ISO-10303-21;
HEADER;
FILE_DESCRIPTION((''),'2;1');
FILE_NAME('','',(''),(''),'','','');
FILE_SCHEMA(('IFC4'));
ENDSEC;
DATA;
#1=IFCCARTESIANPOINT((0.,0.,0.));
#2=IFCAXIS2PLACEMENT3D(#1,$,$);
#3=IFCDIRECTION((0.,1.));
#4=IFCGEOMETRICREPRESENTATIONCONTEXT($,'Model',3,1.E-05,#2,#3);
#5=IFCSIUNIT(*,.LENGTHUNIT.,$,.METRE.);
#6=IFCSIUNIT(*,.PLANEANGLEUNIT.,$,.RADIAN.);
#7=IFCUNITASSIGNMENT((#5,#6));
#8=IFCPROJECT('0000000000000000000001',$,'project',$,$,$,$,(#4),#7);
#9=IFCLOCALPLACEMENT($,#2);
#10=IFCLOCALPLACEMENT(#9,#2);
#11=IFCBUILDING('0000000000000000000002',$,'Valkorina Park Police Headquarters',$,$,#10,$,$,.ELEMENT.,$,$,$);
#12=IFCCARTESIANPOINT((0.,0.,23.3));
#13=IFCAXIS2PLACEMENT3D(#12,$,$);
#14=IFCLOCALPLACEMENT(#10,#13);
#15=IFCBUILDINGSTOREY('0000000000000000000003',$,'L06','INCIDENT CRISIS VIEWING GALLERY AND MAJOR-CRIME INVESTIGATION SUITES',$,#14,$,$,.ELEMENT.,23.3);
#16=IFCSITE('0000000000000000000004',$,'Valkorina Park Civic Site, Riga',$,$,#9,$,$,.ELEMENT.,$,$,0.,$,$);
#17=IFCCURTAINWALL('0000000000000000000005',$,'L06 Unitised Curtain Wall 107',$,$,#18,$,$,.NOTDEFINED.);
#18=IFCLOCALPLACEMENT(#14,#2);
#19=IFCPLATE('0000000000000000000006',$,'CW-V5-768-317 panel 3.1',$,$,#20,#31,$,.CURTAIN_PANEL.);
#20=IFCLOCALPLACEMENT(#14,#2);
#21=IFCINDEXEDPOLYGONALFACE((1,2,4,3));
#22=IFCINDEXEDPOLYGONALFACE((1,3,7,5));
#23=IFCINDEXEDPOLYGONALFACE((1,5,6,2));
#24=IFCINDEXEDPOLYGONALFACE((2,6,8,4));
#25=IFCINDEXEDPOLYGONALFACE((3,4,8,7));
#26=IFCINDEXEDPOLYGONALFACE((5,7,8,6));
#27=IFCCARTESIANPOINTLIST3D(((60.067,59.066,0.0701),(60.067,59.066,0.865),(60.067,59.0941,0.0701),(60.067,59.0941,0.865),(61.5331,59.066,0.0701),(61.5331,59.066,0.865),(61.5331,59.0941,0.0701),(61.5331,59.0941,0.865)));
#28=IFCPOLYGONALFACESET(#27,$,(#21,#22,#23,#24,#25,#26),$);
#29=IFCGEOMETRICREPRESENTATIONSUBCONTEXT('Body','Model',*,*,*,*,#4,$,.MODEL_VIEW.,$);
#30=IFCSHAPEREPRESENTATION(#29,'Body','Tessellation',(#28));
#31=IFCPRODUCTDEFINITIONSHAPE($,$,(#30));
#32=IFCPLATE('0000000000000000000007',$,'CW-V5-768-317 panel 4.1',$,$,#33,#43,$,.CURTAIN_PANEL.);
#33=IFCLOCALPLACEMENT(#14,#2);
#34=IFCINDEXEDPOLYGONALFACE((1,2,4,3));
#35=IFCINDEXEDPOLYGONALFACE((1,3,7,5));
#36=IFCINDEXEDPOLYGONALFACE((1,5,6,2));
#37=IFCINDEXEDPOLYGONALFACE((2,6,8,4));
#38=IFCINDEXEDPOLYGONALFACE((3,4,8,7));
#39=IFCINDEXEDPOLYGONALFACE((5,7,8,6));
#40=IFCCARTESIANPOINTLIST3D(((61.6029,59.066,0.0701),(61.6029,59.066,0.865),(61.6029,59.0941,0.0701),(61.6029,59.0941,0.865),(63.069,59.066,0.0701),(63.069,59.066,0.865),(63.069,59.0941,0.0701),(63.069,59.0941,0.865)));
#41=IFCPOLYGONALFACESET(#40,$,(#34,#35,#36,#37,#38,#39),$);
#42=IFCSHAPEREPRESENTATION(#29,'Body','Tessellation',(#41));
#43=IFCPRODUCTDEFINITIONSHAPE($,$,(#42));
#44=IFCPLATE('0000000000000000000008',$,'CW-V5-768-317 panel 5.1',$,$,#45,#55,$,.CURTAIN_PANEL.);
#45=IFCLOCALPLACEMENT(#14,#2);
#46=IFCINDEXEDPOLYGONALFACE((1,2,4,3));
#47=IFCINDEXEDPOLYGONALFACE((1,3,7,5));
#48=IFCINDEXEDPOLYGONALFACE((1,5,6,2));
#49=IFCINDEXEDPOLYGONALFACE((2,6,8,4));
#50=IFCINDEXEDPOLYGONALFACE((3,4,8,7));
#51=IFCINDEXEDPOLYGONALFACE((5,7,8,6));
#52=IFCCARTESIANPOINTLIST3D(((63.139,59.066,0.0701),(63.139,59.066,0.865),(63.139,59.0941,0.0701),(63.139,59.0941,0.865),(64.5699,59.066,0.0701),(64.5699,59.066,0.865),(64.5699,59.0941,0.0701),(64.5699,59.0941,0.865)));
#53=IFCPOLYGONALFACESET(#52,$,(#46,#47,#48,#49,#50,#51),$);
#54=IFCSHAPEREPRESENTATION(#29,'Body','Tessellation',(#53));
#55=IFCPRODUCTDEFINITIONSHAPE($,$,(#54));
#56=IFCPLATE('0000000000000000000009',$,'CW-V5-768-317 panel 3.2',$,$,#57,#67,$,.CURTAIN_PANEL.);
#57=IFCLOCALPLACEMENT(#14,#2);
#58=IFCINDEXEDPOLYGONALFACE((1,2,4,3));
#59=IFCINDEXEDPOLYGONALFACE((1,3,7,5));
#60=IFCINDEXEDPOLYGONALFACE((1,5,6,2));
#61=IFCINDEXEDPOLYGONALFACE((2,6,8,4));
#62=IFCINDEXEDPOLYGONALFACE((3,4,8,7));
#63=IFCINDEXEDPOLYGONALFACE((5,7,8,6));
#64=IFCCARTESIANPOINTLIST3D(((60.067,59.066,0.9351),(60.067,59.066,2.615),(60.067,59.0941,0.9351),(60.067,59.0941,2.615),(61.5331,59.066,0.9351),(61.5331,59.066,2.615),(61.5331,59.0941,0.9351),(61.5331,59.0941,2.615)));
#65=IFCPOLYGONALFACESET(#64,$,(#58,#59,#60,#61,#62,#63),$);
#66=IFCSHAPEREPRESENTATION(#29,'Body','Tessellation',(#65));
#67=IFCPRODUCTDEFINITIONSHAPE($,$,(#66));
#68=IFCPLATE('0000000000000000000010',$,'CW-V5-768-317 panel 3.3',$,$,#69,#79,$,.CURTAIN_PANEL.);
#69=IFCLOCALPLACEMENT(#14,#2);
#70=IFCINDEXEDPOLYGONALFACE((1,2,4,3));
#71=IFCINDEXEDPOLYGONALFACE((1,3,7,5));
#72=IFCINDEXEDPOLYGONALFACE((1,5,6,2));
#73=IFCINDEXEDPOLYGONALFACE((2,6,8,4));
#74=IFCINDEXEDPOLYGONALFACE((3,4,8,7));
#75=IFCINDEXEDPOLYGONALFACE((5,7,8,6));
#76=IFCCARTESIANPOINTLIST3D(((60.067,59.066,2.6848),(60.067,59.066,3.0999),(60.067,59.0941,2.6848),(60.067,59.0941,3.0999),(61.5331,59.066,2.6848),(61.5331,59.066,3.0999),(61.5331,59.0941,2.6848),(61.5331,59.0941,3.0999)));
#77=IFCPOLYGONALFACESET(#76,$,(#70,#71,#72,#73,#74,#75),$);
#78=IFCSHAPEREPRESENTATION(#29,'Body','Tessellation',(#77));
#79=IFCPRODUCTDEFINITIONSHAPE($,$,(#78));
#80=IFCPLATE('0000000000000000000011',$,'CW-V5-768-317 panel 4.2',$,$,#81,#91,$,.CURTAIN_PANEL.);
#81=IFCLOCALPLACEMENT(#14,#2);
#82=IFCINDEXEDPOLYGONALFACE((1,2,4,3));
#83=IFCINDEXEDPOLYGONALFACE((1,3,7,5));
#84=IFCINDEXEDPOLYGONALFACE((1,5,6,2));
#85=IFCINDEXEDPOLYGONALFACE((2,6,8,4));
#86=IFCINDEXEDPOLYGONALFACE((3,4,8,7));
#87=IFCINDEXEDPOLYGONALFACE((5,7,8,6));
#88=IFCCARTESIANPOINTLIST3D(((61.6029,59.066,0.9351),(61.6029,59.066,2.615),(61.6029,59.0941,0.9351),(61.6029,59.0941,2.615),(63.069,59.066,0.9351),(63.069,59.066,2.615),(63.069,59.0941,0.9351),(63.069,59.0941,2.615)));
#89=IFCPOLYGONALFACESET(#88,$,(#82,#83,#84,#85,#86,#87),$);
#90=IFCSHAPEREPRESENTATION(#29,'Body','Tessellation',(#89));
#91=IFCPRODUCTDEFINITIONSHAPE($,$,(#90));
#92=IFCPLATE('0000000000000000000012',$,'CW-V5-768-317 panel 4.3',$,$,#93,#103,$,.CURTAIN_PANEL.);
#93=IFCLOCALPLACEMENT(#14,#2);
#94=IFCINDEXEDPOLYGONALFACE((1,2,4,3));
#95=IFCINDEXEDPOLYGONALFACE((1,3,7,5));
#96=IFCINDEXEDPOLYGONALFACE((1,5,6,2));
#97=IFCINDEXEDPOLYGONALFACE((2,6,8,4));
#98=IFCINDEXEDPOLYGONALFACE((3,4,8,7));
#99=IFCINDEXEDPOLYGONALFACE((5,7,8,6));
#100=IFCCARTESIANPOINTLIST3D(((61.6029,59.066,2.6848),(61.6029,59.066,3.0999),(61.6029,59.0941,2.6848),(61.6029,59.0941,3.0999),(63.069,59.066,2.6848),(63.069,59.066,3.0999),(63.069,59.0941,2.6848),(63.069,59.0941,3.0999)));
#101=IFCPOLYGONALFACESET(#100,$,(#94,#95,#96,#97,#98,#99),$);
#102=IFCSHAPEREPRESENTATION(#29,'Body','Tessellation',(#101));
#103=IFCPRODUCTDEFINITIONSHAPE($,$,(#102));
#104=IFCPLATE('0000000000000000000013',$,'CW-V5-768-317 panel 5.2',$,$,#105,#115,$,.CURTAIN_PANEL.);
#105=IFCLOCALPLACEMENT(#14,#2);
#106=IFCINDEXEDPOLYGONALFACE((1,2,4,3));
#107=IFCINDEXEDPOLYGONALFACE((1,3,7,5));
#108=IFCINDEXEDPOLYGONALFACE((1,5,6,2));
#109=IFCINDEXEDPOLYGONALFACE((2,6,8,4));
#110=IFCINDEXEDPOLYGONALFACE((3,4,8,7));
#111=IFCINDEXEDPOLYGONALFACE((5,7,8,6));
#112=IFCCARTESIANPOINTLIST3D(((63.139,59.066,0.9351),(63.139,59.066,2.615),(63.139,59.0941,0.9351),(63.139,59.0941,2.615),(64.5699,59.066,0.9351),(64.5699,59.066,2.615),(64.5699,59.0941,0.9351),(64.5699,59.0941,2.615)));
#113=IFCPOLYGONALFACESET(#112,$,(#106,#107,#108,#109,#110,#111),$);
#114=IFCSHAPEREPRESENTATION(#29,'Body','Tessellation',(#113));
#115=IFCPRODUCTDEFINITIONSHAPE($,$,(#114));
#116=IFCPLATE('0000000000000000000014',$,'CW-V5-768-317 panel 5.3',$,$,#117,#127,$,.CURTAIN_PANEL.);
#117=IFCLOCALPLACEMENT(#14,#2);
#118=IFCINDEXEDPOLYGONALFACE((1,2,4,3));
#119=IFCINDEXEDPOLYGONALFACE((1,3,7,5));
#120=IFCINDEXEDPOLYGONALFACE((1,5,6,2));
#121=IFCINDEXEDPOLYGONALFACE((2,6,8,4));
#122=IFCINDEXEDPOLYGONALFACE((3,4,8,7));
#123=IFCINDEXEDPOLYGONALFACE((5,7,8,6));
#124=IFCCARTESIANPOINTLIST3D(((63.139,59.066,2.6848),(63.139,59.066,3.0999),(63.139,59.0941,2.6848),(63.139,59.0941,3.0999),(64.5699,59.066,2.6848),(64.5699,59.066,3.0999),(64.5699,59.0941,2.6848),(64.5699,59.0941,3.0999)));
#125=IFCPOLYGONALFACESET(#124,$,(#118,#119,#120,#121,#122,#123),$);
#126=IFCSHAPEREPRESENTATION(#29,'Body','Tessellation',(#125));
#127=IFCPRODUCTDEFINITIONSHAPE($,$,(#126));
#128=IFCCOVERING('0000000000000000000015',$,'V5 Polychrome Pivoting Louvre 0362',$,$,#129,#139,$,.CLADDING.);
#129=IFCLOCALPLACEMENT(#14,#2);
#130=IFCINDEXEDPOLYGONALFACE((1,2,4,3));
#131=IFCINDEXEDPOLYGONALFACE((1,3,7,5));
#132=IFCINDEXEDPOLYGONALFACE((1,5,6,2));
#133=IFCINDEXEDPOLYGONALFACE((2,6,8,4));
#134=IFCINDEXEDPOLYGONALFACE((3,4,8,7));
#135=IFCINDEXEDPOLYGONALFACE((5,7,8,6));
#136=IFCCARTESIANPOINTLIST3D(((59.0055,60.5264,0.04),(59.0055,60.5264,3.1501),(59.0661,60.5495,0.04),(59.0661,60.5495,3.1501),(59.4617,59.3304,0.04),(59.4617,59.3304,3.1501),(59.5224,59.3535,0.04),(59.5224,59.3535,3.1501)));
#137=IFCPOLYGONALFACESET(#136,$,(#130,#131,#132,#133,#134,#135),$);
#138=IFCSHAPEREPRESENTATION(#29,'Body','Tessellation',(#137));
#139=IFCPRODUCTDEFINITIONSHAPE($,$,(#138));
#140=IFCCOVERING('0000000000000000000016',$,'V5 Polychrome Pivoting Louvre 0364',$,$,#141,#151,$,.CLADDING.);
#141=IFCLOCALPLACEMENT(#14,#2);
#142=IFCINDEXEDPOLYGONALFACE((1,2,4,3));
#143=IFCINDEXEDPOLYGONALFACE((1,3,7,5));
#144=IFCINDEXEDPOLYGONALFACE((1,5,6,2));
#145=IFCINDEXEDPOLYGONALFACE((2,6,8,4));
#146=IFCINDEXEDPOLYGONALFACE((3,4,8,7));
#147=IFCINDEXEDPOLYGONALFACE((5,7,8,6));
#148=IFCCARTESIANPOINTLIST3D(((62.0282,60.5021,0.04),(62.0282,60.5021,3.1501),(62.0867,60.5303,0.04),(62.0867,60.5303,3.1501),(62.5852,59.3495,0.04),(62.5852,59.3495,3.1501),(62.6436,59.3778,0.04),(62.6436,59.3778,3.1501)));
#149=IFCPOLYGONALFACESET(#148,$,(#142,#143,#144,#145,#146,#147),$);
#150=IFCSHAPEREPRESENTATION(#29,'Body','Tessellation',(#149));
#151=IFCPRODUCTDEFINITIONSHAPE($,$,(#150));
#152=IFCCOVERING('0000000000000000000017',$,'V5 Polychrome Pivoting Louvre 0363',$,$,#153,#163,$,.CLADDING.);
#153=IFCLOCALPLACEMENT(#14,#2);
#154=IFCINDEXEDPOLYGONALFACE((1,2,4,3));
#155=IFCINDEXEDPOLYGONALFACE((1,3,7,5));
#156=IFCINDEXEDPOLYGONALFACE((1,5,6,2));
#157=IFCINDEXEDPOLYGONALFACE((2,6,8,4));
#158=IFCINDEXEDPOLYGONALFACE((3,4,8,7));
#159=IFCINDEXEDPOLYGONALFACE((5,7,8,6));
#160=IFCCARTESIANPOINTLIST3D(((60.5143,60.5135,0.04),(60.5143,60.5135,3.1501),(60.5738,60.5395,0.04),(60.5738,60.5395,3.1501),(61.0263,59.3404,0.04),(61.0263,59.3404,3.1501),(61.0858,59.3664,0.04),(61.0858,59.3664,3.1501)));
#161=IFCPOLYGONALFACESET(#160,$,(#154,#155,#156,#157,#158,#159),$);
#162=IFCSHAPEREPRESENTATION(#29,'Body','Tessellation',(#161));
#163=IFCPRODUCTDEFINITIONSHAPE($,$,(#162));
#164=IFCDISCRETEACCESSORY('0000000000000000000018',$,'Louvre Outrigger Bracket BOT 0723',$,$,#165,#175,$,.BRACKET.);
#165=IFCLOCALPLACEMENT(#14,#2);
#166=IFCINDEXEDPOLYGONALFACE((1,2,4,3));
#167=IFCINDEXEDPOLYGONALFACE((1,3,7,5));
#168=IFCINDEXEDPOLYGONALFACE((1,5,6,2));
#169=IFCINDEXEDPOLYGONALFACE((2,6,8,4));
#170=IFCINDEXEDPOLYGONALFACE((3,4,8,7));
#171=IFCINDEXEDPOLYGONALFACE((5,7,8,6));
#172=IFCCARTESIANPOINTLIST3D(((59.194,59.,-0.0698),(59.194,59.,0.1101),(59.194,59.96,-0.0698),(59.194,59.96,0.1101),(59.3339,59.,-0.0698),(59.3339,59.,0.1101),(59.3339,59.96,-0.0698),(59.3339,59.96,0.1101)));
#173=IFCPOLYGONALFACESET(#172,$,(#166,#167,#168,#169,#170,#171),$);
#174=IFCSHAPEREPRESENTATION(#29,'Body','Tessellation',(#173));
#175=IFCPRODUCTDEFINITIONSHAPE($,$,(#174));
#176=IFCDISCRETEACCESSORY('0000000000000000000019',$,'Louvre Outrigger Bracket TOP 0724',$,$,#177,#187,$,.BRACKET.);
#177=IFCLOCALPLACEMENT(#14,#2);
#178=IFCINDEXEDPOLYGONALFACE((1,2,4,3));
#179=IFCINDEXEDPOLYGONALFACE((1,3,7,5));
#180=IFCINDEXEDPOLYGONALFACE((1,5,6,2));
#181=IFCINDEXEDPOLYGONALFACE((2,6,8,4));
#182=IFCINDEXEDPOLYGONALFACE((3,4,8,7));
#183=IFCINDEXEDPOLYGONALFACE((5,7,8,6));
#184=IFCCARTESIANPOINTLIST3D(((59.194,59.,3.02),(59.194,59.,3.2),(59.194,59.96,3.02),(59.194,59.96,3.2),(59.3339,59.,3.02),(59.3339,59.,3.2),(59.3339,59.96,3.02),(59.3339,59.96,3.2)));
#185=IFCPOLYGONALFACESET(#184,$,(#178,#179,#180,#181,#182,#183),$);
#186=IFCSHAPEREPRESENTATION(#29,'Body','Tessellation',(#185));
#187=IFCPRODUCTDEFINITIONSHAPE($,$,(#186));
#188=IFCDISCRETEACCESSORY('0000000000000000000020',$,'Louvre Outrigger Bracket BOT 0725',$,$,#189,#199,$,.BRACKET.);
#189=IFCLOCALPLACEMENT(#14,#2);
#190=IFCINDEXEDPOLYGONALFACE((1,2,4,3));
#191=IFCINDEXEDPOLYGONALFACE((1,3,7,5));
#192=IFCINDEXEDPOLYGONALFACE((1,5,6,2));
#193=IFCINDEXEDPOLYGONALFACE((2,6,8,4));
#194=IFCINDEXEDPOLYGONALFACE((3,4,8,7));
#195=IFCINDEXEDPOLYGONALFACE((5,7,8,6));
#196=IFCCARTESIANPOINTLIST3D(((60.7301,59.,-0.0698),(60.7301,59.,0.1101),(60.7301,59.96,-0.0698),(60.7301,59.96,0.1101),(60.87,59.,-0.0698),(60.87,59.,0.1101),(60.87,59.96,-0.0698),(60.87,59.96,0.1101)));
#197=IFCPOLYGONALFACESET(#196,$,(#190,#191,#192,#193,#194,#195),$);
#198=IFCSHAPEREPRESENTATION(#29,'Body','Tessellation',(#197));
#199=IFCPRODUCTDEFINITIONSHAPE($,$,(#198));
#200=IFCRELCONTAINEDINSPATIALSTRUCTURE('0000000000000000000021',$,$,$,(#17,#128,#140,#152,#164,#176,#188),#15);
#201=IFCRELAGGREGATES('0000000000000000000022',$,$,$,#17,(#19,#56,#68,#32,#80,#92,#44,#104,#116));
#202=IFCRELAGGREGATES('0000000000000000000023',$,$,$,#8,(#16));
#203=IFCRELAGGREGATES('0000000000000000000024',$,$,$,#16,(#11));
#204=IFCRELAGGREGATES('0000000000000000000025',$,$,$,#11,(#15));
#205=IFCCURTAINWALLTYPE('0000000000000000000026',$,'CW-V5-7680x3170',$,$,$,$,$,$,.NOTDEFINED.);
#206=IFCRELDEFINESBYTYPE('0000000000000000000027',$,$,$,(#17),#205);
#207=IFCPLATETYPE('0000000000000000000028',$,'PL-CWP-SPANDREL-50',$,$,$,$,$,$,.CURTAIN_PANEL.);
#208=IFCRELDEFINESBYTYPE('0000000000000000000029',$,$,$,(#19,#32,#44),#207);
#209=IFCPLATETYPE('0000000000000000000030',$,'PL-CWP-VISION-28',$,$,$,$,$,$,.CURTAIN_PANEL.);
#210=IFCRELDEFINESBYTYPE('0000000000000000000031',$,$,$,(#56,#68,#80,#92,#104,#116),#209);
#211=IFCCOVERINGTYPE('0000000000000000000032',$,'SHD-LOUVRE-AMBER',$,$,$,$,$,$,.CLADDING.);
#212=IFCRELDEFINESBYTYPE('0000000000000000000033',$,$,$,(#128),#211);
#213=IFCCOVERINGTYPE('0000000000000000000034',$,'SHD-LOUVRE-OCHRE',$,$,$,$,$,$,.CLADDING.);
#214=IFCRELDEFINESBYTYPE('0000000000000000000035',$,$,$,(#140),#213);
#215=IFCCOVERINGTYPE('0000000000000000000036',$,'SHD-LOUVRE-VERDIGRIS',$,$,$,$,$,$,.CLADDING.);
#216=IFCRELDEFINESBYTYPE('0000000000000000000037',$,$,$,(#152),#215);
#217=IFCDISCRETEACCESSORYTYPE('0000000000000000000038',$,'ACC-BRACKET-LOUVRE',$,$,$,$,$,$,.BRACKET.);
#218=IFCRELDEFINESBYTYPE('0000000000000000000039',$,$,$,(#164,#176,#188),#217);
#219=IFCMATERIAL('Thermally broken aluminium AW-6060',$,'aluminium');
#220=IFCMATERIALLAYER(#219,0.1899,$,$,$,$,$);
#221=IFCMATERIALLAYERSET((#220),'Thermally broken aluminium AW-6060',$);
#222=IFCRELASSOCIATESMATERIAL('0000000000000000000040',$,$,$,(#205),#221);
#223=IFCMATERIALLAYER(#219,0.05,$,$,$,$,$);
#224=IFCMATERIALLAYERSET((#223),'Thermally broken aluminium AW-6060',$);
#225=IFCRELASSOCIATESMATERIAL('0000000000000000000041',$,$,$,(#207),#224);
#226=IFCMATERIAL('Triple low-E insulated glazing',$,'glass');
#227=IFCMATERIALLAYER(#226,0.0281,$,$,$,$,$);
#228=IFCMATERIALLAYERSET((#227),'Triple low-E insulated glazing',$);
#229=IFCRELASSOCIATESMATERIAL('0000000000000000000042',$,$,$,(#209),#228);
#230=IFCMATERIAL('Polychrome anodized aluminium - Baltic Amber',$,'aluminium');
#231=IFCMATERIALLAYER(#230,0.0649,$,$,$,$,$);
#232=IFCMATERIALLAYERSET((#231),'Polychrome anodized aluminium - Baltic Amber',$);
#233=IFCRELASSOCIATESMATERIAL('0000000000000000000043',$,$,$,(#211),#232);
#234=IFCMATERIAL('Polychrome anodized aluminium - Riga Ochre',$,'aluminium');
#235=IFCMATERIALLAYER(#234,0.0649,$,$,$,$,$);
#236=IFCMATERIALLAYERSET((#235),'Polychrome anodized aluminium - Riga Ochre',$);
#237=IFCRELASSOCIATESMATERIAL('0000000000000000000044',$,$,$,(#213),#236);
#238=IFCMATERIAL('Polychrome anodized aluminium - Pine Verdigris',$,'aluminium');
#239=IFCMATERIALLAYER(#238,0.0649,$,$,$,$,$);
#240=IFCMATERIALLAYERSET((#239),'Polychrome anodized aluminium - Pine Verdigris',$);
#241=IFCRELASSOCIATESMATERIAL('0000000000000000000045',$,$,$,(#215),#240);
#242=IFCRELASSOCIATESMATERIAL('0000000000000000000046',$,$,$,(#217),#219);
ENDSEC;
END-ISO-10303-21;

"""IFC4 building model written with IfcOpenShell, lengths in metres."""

from ifc_helpers import new_model, si_unit, direction, frame, origin, origin_2d, place, context, subcontext, project, spatial, rectangle, extrude, material, layer, layer_set, type_object, element, aggregate, save


model = new_model("IFC4")

# Units and contexts
model_context = context("Model", 3, precision=1e-05, world=origin(), true_north=direction((0.0, 1.0)))
body_context = subcontext(model_context, "Body", "Model", "MODEL_VIEW")
ifc_project = project(units=[si_unit("LENGTHUNIT", "METRE"), si_unit("PLANEANGLEUNIT", "RADIAN")], contexts=[model_context])

# Site, building, storey
site_placement = place(None, origin())
site = spatial("IfcSite", under=ifc_project, at=site_placement, Name="Valkorina Park Civic Site, Riga", CompositionType="ELEMENT", RefElevation=0.0)
building_placement = place(site_placement, origin())
building = spatial("IfcBuilding", under=site, at=building_placement, Name="Valkorina Park Police Headquarters", CompositionType="ELEMENT")
storey_placement = place(building_placement, frame((0.0, 0.0, 23.3)))
storey = spatial("IfcBuildingStorey", under=building, at=storey_placement, Name="L06", Description="INCIDENT CRISIS VIEWING GALLERY AND MAJOR-CRIME INVESTIGATION SUITES", CompositionType="ELEMENT", Elevation=23.3)

# Curtain wall, plates
ifc_material_1 = material(Name="Thermally broken aluminium AW-6060", Category="aluminium")
ifc_layer_1 = layer(ifc_material_1, 0.1899)
ifc_layer_set_1 = layer_set([ifc_layer_1], Name="Thermally broken aluminium AW-6060")
curtain_wall_type = type_object("IfcCurtainWallType", Name="CW-V5-7680x3170", PredefinedType="NOTDEFINED", material=ifc_layer_set_1)
curtain_wall_placement = place(storey_placement, origin())
curtain_wall = element("IfcCurtainWall", 1, at=curtain_wall_placement, inside=storey, type_object=curtain_wall_type, Name="L06 Unitised Curtain Wall 107", PredefinedType="NOTDEFINED")
ifc_layer_2 = layer(ifc_material_1, 0.05)
ifc_layer_set_2 = layer_set([ifc_layer_2], Name="Thermally broken aluminium AW-6060")
plate_type_1 = type_object("IfcPlateType", Name="PL-CWP-SPANDREL-50", PredefinedType="CURTAIN_PANEL", material=ifc_layer_set_2)
plate_1_placement = place(storey_placement, frame((60.8, 59.0801, 0.0701), z_axis=(0.0, 0.0, 1.0), x_axis=(1.0, 0.0, 0.0)))
plate_1 = element("IfcPlate", 2, at=plate_1_placement, type_object=plate_type_1, Name="CW-V5-768-317 panel 3.1", PredefinedType="CURTAIN_PANEL", context=body_context, shape_type="SweptSolid", body=[
    extrude(rectangle(XDim=1.4661, YDim=0.0281, at=origin_2d()), origin(), (0.0, 0.0, 1.0), 0.7949),
])
plate_2_placement = place(storey_placement, frame((62.3359, 59.0801, 0.0701), z_axis=(0.0, 0.0, 1.0), x_axis=(1.0, 0.0, 0.0)))
plate_2 = element("IfcPlate", 3, at=plate_2_placement, type_object=plate_type_1, Name="CW-V5-768-317 panel 4.1", PredefinedType="CURTAIN_PANEL", context=body_context, shape_type="SweptSolid", body=[
    extrude(rectangle(XDim=1.4661, YDim=0.0281, at=origin_2d()), origin(), (0.0, 0.0, 1.0), 0.7949),
])
plate_3_placement = place(storey_placement, frame((63.8545, 59.0801, 0.0701), z_axis=(0.0, 0.0, 1.0), x_axis=(1.0, 0.0, 0.0)))
plate_3 = element("IfcPlate", 4, at=plate_3_placement, type_object=plate_type_1, Name="CW-V5-768-317 panel 5.1", PredefinedType="CURTAIN_PANEL", context=body_context, shape_type="SweptSolid", body=[
    extrude(rectangle(XDim=1.4309, YDim=0.0281, at=origin_2d()), origin(), (0.0, 0.0, 1.0), 0.7949),
])
ifc_material_2 = material(Name="Triple low-E insulated glazing", Category="glass")
ifc_layer_3 = layer(ifc_material_2, 0.0281)
ifc_layer_set_3 = layer_set([ifc_layer_3], Name="Triple low-E insulated glazing")
plate_type_2 = type_object("IfcPlateType", Name="PL-CWP-VISION-28", PredefinedType="CURTAIN_PANEL", material=ifc_layer_set_3)
plate_4_placement = place(storey_placement, frame((60.8, 59.0801, 0.9351), z_axis=(0.0, 0.0, 1.0), x_axis=(1.0, 0.0, 0.0)))
plate_4 = element("IfcPlate", 5, at=plate_4_placement, type_object=plate_type_2, Name="CW-V5-768-317 panel 3.2", PredefinedType="CURTAIN_PANEL", context=body_context, shape_type="SweptSolid", body=[
    extrude(rectangle(XDim=1.4661, YDim=0.0281, at=origin_2d()), origin(), (0.0, 0.0, 1.0), 1.6799),
])
plate_5_placement = place(storey_placement, frame((60.8, 59.0801, 2.6848), z_axis=(0.0, 0.0, 1.0), x_axis=(1.0, 0.0, 0.0)))
plate_5 = element("IfcPlate", 6, at=plate_5_placement, type_object=plate_type_2, Name="CW-V5-768-317 panel 3.3", PredefinedType="CURTAIN_PANEL", context=body_context, shape_type="SweptSolid", body=[
    extrude(rectangle(XDim=1.4661, YDim=0.0281, at=origin_2d()), origin(), (0.0, 0.0, 1.0), 0.415),
])
plate_6_placement = place(storey_placement, frame((62.3359, 59.0801, 0.9351), z_axis=(0.0, 0.0, 1.0), x_axis=(1.0, 0.0, 0.0)))
plate_6 = element("IfcPlate", 7, at=plate_6_placement, type_object=plate_type_2, Name="CW-V5-768-317 panel 4.2", PredefinedType="CURTAIN_PANEL", context=body_context, shape_type="SweptSolid", body=[
    extrude(rectangle(XDim=1.4661, YDim=0.0281, at=origin_2d()), origin(), (0.0, 0.0, 1.0), 1.6799),
])
plate_7_placement = place(storey_placement, frame((62.3359, 59.0801, 2.6848), z_axis=(0.0, 0.0, 1.0), x_axis=(1.0, 0.0, 0.0)))
plate_7 = element("IfcPlate", 8, at=plate_7_placement, type_object=plate_type_2, Name="CW-V5-768-317 panel 4.3", PredefinedType="CURTAIN_PANEL", context=body_context, shape_type="SweptSolid", body=[
    extrude(rectangle(XDim=1.4661, YDim=0.0281, at=origin_2d()), origin(), (0.0, 0.0, 1.0), 0.415),
])
plate_8_placement = place(storey_placement, frame((63.8545, 59.0801, 0.9351), z_axis=(0.0, 0.0, 1.0), x_axis=(1.0, 0.0, 0.0)))
plate_8 = element("IfcPlate", 9, at=plate_8_placement, type_object=plate_type_2, Name="CW-V5-768-317 panel 5.2", PredefinedType="CURTAIN_PANEL", context=body_context, shape_type="SweptSolid", body=[
    extrude(rectangle(XDim=1.4309, YDim=0.0281, at=origin_2d()), origin(), (0.0, 0.0, 1.0), 1.6799),
])
plate_9_placement = place(storey_placement, frame((63.8545, 59.0801, 2.6848), z_axis=(0.0, 0.0, 1.0), x_axis=(1.0, 0.0, 0.0)))
plate_9 = element("IfcPlate", 10, at=plate_9_placement, type_object=plate_type_2, Name="CW-V5-768-317 panel 5.3", PredefinedType="CURTAIN_PANEL", context=body_context, shape_type="SweptSolid", body=[
    extrude(rectangle(XDim=1.4309, YDim=0.0281, at=origin_2d()), origin(), (0.0, 0.0, 1.0), 0.415),
])
aggregate(curtain_wall, [plate_1, plate_4, plate_5, plate_2, plate_6, plate_7, plate_3, plate_8, plate_9])

# Coverings
ifc_material_3 = material(Name="Polychrome anodized aluminium - Baltic Amber", Category="aluminium")
ifc_layer_4 = layer(ifc_material_3, 0.0649)
ifc_layer_set_4 = layer_set([ifc_layer_4], Name="Polychrome anodized aluminium - Baltic Amber")
covering_type_1 = type_object("IfcCoveringType", Name="SHD-LOUVRE-AMBER", PredefinedType="CLADDING", material=ifc_layer_set_4)
covering_1_placement = place(storey_placement, frame((59.2639, 59.9399, 0.04), z_axis=(0.0, 0.0, 1.0), x_axis=(-0.356412, 0.934329, 0.0)))
element("IfcCovering", 11, at=covering_1_placement, inside=storey, type_object=covering_type_1, Name="V5 Polychrome Pivoting Louvre 0362", PredefinedType="CLADDING", context=body_context, shape_type="SweptSolid", body=[
    extrude(rectangle(XDim=1.28, YDim=0.0649, at=origin_2d()), origin(), (0.0, 0.0, 1.0), 3.1101),
])
ifc_material_4 = material(Name="Polychrome anodized aluminium - Riga Ochre", Category="aluminium")
ifc_layer_5 = layer(ifc_material_4, 0.0649)
ifc_layer_set_5 = layer_set([ifc_layer_5], Name="Polychrome anodized aluminium - Riga Ochre")
covering_type_2 = type_object("IfcCoveringType", Name="SHD-LOUVRE-OCHRE", PredefinedType="CLADDING", material=ifc_layer_set_5)
covering_2_placement = place(storey_placement, frame((62.3359, 59.9399, 0.04), z_axis=(0.0, 0.0, 1.0), x_axis=(-0.435074, 0.900395, 0.0)))
element("IfcCovering", 12, at=covering_2_placement, inside=storey, type_object=covering_type_2, Name="V5 Polychrome Pivoting Louvre 0364", PredefinedType="CLADDING", context=body_context, shape_type="SweptSolid", body=[
    extrude(rectangle(XDim=1.28, YDim=0.0649, at=origin_2d()), origin(), (0.0, 0.0, 1.0), 3.1101),
])
ifc_material_5 = material(Name="Polychrome anodized aluminium - Pine Verdigris", Category="aluminium")
ifc_layer_6 = layer(ifc_material_5, 0.0649)
ifc_layer_set_6 = layer_set([ifc_layer_6], Name="Polychrome anodized aluminium - Pine Verdigris")
covering_type_3 = type_object("IfcCoveringType", Name="SHD-LOUVRE-VERDIGRIS", PredefinedType="CLADDING", material=ifc_layer_set_6)
covering_3_placement = place(storey_placement, frame((60.8, 59.9399, 0.04), z_axis=(0.0, 0.0, 1.0), x_axis=(-0.400029, 0.916502, 0.0)))
element("IfcCovering", 13, at=covering_3_placement, inside=storey, type_object=covering_type_3, Name="V5 Polychrome Pivoting Louvre 0363", PredefinedType="CLADDING", context=body_context, shape_type="SweptSolid", body=[
    extrude(rectangle(XDim=1.28, YDim=0.0649, at=origin_2d()), origin(), (0.0, 0.0, 1.0), 3.1101),
])

# Discrete accessories
discrete_accessory_type = type_object("IfcDiscreteAccessoryType", Name="ACC-BRACKET-LOUVRE", PredefinedType="BRACKET", material=ifc_material_1)
for number, where, z_axis, x_axis, name in (
    (14, (59.2639, 59.48, -0.0698), (0.0, 0.0, 1.0), (0.0, 1.0, 0.0), "Louvre Outrigger Bracket BOT 0723"),
    (15, (59.2639, 59.48, 3.02), (0.0, 0.0, 1.0), (0.0, 1.0, 0.0), "Louvre Outrigger Bracket TOP 0724"),
    (16, (60.8, 59.48, -0.0698), (0.0, 0.0, 1.0), (0.0, 1.0, 0.0), "Louvre Outrigger Bracket BOT 0725"),
):
    element("IfcDiscreteAccessory", number, at=place(storey_placement, frame(where, z_axis=z_axis, x_axis=x_axis)), inside=storey, type_object=discrete_accessory_type, Name=name, PredefinedType="BRACKET", context=body_context, shape_type="SweptSolid", body=[
        extrude(rectangle(XDim=0.96, YDim=0.1399, at=origin_2d()), origin(), (0.0, 0.0, 1.0), 0.1799),
    ])

save(model, "model.ifc")
